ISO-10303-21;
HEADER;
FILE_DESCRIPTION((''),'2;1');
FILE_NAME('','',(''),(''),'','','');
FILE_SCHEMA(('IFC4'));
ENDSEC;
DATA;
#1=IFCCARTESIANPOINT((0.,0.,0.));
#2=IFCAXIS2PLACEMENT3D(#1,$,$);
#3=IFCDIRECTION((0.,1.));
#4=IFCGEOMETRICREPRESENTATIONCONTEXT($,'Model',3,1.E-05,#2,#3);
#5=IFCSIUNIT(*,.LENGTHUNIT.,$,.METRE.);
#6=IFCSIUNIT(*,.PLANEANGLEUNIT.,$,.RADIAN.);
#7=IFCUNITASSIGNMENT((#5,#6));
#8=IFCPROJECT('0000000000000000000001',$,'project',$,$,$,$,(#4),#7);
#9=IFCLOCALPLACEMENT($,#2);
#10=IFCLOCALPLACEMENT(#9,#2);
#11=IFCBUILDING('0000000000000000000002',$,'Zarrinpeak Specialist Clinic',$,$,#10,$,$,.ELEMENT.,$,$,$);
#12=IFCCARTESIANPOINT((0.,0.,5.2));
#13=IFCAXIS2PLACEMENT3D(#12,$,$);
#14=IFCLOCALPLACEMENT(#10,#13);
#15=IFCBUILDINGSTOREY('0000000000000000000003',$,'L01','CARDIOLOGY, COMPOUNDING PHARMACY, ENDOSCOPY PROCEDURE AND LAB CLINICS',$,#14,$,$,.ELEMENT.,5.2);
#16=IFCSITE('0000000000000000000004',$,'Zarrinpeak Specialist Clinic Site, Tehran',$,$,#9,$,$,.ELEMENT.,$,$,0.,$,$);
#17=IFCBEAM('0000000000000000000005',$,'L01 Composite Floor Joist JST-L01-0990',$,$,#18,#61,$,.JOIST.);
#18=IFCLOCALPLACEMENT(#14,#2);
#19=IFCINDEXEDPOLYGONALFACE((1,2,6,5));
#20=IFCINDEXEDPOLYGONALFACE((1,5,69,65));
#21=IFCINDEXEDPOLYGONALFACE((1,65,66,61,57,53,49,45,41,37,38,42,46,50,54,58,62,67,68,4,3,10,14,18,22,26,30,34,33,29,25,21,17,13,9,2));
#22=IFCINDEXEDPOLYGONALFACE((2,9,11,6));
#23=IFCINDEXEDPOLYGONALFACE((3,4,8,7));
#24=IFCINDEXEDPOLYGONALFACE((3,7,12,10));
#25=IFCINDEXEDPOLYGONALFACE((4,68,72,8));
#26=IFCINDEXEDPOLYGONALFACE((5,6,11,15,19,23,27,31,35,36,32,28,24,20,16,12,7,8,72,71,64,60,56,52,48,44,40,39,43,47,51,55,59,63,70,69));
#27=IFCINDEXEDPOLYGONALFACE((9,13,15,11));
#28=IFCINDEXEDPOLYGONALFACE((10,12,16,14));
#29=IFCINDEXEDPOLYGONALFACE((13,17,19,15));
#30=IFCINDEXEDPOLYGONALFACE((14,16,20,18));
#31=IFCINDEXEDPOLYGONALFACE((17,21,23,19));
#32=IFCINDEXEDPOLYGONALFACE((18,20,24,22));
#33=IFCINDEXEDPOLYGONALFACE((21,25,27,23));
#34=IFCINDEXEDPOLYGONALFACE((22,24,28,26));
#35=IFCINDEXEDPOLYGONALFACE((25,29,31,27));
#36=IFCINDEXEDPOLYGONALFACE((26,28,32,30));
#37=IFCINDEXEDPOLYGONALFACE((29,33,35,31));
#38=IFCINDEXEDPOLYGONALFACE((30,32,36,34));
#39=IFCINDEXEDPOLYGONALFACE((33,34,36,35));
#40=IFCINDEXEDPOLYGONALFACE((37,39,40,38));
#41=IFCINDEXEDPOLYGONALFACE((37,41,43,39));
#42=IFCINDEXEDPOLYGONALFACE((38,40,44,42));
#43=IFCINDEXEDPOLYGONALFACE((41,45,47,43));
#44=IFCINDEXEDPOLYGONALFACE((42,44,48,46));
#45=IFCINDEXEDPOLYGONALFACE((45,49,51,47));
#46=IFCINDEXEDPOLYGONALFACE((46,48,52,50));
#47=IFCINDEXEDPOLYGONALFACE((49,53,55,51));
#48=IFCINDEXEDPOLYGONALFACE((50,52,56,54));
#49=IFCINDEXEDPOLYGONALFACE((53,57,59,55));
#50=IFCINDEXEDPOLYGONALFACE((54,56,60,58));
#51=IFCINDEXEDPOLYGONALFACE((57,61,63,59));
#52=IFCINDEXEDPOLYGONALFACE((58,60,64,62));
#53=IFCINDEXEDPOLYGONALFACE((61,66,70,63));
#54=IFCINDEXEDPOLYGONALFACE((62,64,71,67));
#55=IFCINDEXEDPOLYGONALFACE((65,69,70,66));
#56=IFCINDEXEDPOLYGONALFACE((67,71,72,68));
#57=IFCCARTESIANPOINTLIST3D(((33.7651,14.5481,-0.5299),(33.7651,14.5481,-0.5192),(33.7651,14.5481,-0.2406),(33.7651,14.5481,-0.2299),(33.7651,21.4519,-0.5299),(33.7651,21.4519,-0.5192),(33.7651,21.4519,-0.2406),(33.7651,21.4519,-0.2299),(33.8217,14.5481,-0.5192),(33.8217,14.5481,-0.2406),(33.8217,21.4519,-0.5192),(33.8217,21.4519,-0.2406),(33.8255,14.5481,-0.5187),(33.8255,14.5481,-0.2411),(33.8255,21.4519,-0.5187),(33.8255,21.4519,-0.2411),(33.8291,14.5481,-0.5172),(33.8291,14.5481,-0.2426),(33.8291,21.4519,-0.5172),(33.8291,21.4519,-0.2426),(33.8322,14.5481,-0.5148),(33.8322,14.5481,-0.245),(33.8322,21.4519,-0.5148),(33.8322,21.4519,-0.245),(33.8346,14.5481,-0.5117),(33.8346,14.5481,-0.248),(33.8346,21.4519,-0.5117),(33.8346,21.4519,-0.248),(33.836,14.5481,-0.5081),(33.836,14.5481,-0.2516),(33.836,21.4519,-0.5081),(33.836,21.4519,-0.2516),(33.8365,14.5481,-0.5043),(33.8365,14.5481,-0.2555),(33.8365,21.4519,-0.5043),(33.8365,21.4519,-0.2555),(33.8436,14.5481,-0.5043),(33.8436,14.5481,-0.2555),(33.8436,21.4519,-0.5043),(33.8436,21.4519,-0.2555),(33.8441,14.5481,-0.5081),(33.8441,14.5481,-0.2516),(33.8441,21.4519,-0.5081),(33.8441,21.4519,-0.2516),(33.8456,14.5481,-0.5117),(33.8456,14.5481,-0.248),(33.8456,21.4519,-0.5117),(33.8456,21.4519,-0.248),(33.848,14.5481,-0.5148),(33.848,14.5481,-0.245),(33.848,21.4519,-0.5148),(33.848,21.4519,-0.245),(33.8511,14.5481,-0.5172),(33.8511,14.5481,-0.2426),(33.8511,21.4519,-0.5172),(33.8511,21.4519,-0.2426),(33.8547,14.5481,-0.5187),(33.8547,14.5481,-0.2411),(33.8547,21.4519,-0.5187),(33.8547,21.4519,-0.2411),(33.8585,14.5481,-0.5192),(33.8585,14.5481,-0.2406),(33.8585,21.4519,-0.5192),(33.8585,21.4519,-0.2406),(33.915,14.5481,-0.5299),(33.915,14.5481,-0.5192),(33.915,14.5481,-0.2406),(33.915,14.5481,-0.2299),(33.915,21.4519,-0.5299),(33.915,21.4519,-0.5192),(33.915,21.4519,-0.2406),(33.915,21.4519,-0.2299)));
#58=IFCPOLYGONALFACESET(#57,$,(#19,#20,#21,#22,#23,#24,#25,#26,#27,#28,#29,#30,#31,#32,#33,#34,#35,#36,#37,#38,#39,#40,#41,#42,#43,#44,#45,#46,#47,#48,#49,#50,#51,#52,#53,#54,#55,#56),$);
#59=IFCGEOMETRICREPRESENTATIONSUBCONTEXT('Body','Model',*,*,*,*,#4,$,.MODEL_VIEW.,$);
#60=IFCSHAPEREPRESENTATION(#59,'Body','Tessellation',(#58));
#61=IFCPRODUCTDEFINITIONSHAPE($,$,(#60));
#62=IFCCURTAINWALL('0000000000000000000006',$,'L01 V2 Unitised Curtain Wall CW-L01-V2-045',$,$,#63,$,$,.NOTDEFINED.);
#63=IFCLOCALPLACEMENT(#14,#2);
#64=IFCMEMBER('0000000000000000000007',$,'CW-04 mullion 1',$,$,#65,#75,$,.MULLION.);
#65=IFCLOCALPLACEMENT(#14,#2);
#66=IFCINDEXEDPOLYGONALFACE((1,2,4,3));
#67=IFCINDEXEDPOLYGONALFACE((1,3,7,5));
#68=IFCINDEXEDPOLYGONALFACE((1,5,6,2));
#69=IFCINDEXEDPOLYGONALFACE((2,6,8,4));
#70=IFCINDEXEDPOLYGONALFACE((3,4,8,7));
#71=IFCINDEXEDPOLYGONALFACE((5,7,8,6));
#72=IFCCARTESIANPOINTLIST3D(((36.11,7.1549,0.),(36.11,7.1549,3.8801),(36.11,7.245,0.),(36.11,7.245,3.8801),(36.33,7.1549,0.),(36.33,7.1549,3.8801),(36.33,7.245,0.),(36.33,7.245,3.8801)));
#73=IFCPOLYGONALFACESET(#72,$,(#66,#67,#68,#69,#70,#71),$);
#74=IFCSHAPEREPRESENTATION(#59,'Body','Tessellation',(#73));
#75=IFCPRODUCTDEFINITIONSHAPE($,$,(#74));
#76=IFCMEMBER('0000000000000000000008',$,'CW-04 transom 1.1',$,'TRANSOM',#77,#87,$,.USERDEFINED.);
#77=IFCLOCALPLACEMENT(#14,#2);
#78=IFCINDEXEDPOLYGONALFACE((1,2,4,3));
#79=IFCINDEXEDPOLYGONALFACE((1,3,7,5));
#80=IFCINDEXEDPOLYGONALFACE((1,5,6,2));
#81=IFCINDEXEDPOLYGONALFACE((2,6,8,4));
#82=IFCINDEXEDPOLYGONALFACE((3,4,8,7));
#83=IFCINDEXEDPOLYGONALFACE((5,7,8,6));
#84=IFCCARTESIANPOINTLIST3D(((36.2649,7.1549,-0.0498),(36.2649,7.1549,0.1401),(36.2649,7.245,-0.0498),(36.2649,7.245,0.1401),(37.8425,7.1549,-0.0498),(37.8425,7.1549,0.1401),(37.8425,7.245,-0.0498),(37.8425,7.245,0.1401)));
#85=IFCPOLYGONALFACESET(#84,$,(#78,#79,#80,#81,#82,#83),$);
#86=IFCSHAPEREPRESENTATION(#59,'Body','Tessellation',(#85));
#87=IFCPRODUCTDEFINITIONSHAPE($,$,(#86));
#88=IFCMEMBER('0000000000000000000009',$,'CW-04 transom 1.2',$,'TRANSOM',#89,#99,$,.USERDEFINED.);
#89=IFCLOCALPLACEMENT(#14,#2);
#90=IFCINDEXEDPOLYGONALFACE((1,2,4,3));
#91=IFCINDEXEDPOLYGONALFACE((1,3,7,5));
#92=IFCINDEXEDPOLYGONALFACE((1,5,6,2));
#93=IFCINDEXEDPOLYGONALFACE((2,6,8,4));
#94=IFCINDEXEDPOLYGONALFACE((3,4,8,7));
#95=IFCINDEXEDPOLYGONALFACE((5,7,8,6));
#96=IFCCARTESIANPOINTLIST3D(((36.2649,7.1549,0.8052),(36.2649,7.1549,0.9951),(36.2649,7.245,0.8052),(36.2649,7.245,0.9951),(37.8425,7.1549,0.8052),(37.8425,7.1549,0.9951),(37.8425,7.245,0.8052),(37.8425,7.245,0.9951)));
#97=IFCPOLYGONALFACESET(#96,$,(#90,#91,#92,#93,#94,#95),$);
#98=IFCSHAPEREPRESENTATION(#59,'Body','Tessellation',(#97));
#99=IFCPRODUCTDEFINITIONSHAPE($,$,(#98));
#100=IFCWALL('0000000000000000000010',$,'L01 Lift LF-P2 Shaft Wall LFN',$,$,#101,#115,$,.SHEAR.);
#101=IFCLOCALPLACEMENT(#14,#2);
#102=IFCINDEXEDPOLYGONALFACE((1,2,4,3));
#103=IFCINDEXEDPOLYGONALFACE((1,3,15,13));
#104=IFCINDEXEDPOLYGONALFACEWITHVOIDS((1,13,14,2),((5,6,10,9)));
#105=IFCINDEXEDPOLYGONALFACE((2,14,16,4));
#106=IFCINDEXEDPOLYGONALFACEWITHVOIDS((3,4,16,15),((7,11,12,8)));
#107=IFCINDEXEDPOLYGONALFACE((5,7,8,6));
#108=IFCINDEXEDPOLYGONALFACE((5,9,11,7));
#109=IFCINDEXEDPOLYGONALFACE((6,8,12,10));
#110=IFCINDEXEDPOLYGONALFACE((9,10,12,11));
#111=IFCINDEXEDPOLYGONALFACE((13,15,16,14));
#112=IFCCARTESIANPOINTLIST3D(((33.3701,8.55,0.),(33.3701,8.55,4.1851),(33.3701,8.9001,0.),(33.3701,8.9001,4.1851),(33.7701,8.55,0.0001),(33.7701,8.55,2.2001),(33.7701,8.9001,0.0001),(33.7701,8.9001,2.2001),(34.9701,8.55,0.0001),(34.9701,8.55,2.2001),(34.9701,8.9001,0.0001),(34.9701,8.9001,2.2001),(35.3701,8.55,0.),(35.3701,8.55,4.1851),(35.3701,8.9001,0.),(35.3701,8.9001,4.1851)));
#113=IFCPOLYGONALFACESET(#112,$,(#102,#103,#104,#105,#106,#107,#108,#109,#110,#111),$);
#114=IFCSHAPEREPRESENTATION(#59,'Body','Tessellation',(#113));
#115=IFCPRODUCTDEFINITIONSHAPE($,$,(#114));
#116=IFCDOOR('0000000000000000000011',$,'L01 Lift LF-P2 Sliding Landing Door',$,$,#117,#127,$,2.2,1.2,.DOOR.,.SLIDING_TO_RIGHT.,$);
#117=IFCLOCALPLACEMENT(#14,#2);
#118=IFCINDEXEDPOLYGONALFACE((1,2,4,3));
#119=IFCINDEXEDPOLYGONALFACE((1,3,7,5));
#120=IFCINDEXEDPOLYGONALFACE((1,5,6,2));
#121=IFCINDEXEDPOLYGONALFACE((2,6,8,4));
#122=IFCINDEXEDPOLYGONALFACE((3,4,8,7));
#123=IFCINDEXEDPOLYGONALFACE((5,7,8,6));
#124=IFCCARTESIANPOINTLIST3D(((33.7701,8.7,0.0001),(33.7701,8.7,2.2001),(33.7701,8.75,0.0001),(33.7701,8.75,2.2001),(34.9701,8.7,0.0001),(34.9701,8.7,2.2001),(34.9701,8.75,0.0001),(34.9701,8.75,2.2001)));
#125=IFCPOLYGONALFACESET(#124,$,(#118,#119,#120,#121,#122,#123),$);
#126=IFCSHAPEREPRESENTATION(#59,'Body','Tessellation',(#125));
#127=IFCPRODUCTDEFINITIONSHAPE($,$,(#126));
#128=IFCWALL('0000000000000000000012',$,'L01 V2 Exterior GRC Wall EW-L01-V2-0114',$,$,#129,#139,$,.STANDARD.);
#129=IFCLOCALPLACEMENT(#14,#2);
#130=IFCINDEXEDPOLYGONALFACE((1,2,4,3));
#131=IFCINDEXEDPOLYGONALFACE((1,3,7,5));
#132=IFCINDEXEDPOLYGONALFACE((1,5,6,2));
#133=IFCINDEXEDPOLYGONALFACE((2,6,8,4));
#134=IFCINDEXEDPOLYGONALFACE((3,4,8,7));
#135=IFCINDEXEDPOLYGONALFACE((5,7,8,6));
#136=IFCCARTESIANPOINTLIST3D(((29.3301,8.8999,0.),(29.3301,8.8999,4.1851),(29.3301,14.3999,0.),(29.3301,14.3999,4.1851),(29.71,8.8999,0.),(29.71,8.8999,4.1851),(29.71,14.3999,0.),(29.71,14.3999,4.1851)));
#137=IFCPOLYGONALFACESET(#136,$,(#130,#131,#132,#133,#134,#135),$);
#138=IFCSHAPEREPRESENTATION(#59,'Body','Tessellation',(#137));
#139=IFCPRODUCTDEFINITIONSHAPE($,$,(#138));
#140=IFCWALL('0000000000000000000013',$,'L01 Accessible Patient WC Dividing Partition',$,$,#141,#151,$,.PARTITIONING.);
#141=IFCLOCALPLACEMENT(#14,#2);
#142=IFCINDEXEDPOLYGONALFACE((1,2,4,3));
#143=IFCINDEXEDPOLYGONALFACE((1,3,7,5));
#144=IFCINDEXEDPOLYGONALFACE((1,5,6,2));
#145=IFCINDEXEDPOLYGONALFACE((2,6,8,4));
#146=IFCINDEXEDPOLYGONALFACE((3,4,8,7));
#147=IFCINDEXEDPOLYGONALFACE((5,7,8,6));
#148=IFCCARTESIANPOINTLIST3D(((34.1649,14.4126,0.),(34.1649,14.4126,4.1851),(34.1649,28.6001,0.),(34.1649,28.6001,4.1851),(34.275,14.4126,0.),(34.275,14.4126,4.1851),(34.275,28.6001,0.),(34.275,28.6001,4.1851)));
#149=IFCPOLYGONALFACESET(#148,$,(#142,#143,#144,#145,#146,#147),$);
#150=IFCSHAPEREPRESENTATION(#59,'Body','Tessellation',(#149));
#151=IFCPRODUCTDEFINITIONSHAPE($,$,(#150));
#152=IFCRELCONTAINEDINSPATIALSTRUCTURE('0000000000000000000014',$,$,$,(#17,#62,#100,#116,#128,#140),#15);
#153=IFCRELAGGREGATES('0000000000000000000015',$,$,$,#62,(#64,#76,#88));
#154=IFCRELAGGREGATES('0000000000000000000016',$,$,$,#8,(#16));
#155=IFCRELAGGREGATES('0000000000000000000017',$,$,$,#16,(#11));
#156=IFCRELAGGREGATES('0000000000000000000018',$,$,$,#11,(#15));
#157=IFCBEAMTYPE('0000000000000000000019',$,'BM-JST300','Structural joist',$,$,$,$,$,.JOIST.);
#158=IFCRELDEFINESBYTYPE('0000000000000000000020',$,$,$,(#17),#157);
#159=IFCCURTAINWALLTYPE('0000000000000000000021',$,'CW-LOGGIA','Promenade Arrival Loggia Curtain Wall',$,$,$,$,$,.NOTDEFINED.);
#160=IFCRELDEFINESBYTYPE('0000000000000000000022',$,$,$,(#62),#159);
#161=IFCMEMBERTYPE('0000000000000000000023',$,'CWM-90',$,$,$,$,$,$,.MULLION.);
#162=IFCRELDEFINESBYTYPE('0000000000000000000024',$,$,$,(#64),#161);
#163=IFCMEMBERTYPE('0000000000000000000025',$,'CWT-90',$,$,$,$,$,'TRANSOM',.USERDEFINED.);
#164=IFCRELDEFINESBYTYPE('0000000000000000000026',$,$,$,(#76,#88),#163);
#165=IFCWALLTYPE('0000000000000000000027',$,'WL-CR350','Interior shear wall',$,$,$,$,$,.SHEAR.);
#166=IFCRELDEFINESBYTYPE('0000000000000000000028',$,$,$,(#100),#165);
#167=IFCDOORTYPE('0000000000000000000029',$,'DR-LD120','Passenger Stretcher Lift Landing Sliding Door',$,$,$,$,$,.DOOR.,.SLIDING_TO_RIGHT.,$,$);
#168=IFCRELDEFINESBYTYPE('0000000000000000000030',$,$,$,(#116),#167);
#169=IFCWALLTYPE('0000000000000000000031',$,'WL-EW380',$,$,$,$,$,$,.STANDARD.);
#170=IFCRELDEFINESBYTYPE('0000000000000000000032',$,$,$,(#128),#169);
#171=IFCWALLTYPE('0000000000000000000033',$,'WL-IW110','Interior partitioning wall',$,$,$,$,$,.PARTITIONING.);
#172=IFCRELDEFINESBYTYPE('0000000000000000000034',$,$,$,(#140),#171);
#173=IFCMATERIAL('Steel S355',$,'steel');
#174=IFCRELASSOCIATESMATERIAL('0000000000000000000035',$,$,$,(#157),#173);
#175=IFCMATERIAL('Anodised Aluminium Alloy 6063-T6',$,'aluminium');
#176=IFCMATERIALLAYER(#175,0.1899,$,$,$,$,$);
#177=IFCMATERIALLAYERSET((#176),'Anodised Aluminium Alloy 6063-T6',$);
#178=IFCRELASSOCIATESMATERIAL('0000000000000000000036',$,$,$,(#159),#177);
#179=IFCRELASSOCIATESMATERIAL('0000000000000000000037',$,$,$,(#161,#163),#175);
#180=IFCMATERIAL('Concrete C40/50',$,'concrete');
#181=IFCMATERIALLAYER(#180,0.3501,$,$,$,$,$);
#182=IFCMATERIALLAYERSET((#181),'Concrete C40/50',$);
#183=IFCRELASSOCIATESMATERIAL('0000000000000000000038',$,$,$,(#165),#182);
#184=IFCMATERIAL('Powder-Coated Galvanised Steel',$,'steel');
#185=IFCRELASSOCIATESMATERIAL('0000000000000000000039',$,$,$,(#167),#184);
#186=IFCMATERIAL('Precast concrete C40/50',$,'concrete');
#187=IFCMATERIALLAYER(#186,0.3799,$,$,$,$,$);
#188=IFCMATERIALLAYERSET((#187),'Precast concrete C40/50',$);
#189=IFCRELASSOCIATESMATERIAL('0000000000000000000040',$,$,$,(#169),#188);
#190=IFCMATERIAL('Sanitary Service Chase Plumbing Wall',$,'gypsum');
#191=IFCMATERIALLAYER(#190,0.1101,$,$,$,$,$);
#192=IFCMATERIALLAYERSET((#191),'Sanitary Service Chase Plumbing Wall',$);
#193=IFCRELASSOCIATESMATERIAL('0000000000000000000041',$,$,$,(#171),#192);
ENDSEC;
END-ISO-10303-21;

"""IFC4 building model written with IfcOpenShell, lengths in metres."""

from ifc_helpers import new_model, si_unit, direction, frame, frame_2d, origin, origin_2d, place, context, subcontext, project, spatial, rectangle, i_section, extrude, material, layer, layer_set, material_profile, profile_set, type_object, element, fill, aggregate, save


model = new_model("IFC4")

# Units and contexts
model_context = context("Model", 3, precision=1e-05, world=origin(), true_north=direction((0.0, 1.0)))
body_context = subcontext(model_context, "Body", "Model", "MODEL_VIEW")
ifc_project = project(units=[si_unit("LENGTHUNIT", "METRE"), si_unit("PLANEANGLEUNIT", "RADIAN")], contexts=[model_context])

# Site, building, storey
site_placement = place(None, origin())
site = spatial("IfcSite", under=ifc_project, at=site_placement, Name="Zarrinpeak Specialist Clinic Site, Tehran", CompositionType="ELEMENT", RefElevation=0.0)
building_placement = place(site_placement, origin())
building = spatial("IfcBuilding", under=site, at=building_placement, Name="Zarrinpeak Specialist Clinic", CompositionType="ELEMENT")
storey_placement = place(building_placement, frame((0.0, 0.0, 5.2)))
storey = spatial("IfcBuildingStorey", under=building, at=storey_placement, Name="L01", Description="CARDIOLOGY, COMPOUNDING PHARMACY, ENDOSCOPY PROCEDURE AND LAB CLINICS", CompositionType="ELEMENT", Elevation=5.2)

# Shared definitions
ifc_material_1 = material(Name="Steel S355", Category="steel")

# Beam
ifc_material_profile_1 = material_profile(ifc_material_1, i_section(OverallWidth=0.1499, OverallDepth=0.3, WebThickness=0.0071, FlangeThickness=0.0107, FilletRadius=0.0149, at=origin_2d()), Name="IPE 300")
ifc_profile_set_1 = profile_set([ifc_material_profile_1], Name="Steel S355")
beam_type_1 = type_object("IfcBeamType", Name="BM-JST300", Description="Structural joist", PredefinedType="JOIST", material=ifc_profile_set_1)
for number, where, z_axis, x_axis, name in (
    (1, (33.8401, 14.5481, -0.3799), (0.0, 1.0, 0.0), (-1.0, 0.0, 0.0), "L01 Composite Floor Joist JST-L01-0990"),
):
    element("IfcBeam", number, at=place(storey_placement, frame(where, z_axis=z_axis, x_axis=x_axis)), inside=storey, type_object=beam_type_1, Name=name, PredefinedType="JOIST", context=body_context, shape_type="SweptSolid", body=[
        extrude(i_section(OverallWidth=0.1499, OverallDepth=0.3, WebThickness=0.0071, FlangeThickness=0.0107, FilletRadius=0.0149, at=origin_2d()), origin(), (0.0, 0.0, 1.0), 6.9038),
    ])

# Curtain wall, members
ifc_material_2 = material(Name="Anodised Aluminium Alloy 6063-T6", Category="aluminium")
ifc_layer_1 = layer(ifc_material_2, 0.1899)
ifc_layer_set_1 = layer_set([ifc_layer_1], Name="Anodised Aluminium Alloy 6063-T6")
curtain_wall_type = type_object("IfcCurtainWallType", Name="CW-LOGGIA", Description="Promenade Arrival Loggia Curtain Wall", PredefinedType="NOTDEFINED", material=ifc_layer_set_1)
curtain_wall_placement = place(storey_placement, origin())
curtain_wall = element("IfcCurtainWall", 2, at=curtain_wall_placement, inside=storey, type_object=curtain_wall_type, Name="L01 V2 Unitised Curtain Wall CW-L01-V2-045", PredefinedType="NOTDEFINED")
ifc_material_profile_2 = material_profile(ifc_material_2, rectangle(XDim=0.0901, YDim=0.22, at=origin_2d()), Name="ALU 90x220")
ifc_profile_set_2 = profile_set([ifc_material_profile_2], Name="Anodised Aluminium Alloy 6063-T6")
member_type_1 = type_object("IfcMemberType", Name="CWM-90", PredefinedType="MULLION", material=ifc_profile_set_2)
member_1_placement = place(storey_placement, frame((36.22, 7.2, 0.0), z_axis=(0.0, 0.0, 1.0), x_axis=(0.0, 1.0, 0.0)))
member_1 = element("IfcMember", 3, at=member_1_placement, type_object=member_type_1, Name="CW-04 mullion 1", PredefinedType="MULLION", context=body_context, shape_type="SweptSolid", body=[
    extrude(rectangle(XDim=0.0901, YDim=0.22, at=origin_2d()), origin(), (0.0, 0.0, 1.0), 3.8801),
])
ifc_material_profile_3 = material_profile(ifc_material_2, rectangle(XDim=0.0901, YDim=0.1899, at=origin_2d()), Name="ALU 90x190")
ifc_profile_set_3 = profile_set([ifc_material_profile_3], Name="Anodised Aluminium Alloy 6063-T6")
member_type_2 = type_object("IfcMemberType", Name="CWT-90", ElementType="TRANSOM", PredefinedType="USERDEFINED", material=ifc_profile_set_3)
member_2_placement = place(storey_placement, frame((36.2649, 7.2, 0.0452), z_axis=(1.0, 0.0, 0.0), x_axis=(0.0, 1.0, 0.0)))
member_2 = element("IfcMember", 4, at=member_2_placement, type_object=member_type_2, Name="CW-04 transom 1.1", ObjectType="TRANSOM", PredefinedType="USERDEFINED", context=body_context, shape_type="SweptSolid", body=[
    extrude(rectangle(XDim=0.0901, YDim=0.1899, at=origin_2d()), origin(), (0.0, 0.0, 1.0), 1.5776),
])
member_3_placement = place(storey_placement, frame((36.2649, 7.2, 0.9001), z_axis=(1.0, 0.0, 0.0), x_axis=(0.0, 1.0, 0.0)))
member_3 = element("IfcMember", 5, at=member_3_placement, type_object=member_type_2, Name="CW-04 transom 1.2", ObjectType="TRANSOM", PredefinedType="USERDEFINED", context=body_context, shape_type="SweptSolid", body=[
    extrude(rectangle(XDim=0.0901, YDim=0.1899, at=origin_2d()), origin(), (0.0, 0.0, 1.0), 1.5776),
])
aggregate(curtain_wall, [member_1, member_2, member_3])

# Wall, opening, door
ifc_material_3 = material(Name="Concrete C40/50", Category="concrete")
ifc_layer_2 = layer(ifc_material_3, 0.3501)
ifc_layer_set_2 = layer_set([ifc_layer_2], Name="Concrete C40/50")
wall_type_1 = type_object("IfcWallType", Name="WL-CR350", Description="Interior shear wall", PredefinedType="SHEAR", material=ifc_layer_set_2)
ifc_material_4 = material(Name="Powder-Coated Galvanised Steel", Category="steel")
wall_1_placement = place(storey_placement, frame((33.3701, 8.7251, 0.0), z_axis=(0.0, 0.0, 1.0), x_axis=(1.0, 0.0, 0.0)))
wall_1 = element("IfcWall", 6, at=wall_1_placement, inside=storey, type_object=wall_type_1, Name="L01 Lift LF-P2 Shaft Wall LFN", PredefinedType="SHEAR", context=body_context, shape_type="SweptSolid", body=[
    extrude(rectangle(XDim=2.0, YDim=0.3501, at=frame_2d((1.0, 0.0))), origin(), (0.0, 0.0, 1.0), 4.1851),
])
opening_1_placement = place(wall_1_placement, frame((0.3999, 0.0, 0.0)))
opening_1 = element("IfcOpeningElement", 7, at=opening_1_placement, cuts=wall_1, PredefinedType="OPENING", context=body_context, shape_type="SweptSolid", body=[
    extrude(rectangle(XDim=1.2, YDim=2.2, at=frame_2d((0.6001, 1.1001))), frame((0.0, 0.1851, 0.0), z_axis=(0.0, -1.0, 0.0), x_axis=(1.0, 0.0, 0.0)), (0.0, 0.0, 1.0), 0.3701),
])
door_type_1 = type_object("IfcDoorType", Name="DR-LD120", Description="Passenger Stretcher Lift Landing Sliding Door", OperationType="SLIDING_TO_RIGHT", PredefinedType="DOOR", material=ifc_material_4)
door_1_placement = place(opening_1_placement, origin())
door_1 = element("IfcDoor", 8, at=door_1_placement, inside=storey, type_object=door_type_1, Name="L01 Lift LF-P2 Sliding Landing Door", OperationType="SLIDING_TO_RIGHT", OverallHeight=2.2, OverallWidth=1.2, PredefinedType="DOOR", context=body_context, shape_type="SweptSolid", body=[
    extrude(rectangle(XDim=1.2, YDim=2.2, at=frame_2d((0.6001, 1.1001))), frame((0.0, 0.0249, 0.0), z_axis=(0.0, -1.0, 0.0), x_axis=(1.0, 0.0, 0.0)), (0.0, 0.0, 1.0), 0.05),
])
fill(opening_1, door_1)

# Walls
ifc_material_5 = material(Name="Precast concrete C40/50", Category="concrete")
ifc_layer_3 = layer(ifc_material_5, 0.3799)
ifc_layer_set_3 = layer_set([ifc_layer_3], Name="Precast concrete C40/50")
wall_type_2 = type_object("IfcWallType", Name="WL-EW380", PredefinedType="STANDARD", material=ifc_layer_set_3)
wall_2_placement = place(storey_placement, frame((29.52, 14.3999, 0.0), z_axis=(0.0, 0.0, 1.0), x_axis=(0.0, -1.0, 0.0)))
element("IfcWall", 9, at=wall_2_placement, inside=storey, type_object=wall_type_2, Name="L01 V2 Exterior GRC Wall EW-L01-V2-0114", PredefinedType="STANDARD", context=body_context, shape_type="SweptSolid", body=[
    extrude(rectangle(XDim=5.5, YDim=0.3799, at=frame_2d((2.75, 0.0))), origin(), (0.0, 0.0, 1.0), 4.1851),
])
ifc_material_6 = material(Name="Sanitary Service Chase Plumbing Wall", Category="gypsum")
ifc_layer_4 = layer(ifc_material_6, 0.1101)
ifc_layer_set_4 = layer_set([ifc_layer_4], Name="Sanitary Service Chase Plumbing Wall")
wall_type_3 = type_object("IfcWallType", Name="WL-IW110", Description="Interior partitioning wall", PredefinedType="PARTITIONING", material=ifc_layer_set_4)
wall_3_placement = place(storey_placement, frame((34.22, 14.4126, 0.0), z_axis=(0.0, 0.0, 1.0), x_axis=(0.0, 1.0, 0.0)))
element("IfcWall", 10, at=wall_3_placement, inside=storey, type_object=wall_type_3, Name="L01 Accessible Patient WC Dividing Partition", PredefinedType="PARTITIONING", context=body_context, shape_type="SweptSolid", body=[
    extrude(rectangle(XDim=14.1875, YDim=0.1101, at=frame_2d((7.0938, 0.0))), origin(), (0.0, 0.0, 1.0), 4.1851),
])

save(model, "model.ifc")
